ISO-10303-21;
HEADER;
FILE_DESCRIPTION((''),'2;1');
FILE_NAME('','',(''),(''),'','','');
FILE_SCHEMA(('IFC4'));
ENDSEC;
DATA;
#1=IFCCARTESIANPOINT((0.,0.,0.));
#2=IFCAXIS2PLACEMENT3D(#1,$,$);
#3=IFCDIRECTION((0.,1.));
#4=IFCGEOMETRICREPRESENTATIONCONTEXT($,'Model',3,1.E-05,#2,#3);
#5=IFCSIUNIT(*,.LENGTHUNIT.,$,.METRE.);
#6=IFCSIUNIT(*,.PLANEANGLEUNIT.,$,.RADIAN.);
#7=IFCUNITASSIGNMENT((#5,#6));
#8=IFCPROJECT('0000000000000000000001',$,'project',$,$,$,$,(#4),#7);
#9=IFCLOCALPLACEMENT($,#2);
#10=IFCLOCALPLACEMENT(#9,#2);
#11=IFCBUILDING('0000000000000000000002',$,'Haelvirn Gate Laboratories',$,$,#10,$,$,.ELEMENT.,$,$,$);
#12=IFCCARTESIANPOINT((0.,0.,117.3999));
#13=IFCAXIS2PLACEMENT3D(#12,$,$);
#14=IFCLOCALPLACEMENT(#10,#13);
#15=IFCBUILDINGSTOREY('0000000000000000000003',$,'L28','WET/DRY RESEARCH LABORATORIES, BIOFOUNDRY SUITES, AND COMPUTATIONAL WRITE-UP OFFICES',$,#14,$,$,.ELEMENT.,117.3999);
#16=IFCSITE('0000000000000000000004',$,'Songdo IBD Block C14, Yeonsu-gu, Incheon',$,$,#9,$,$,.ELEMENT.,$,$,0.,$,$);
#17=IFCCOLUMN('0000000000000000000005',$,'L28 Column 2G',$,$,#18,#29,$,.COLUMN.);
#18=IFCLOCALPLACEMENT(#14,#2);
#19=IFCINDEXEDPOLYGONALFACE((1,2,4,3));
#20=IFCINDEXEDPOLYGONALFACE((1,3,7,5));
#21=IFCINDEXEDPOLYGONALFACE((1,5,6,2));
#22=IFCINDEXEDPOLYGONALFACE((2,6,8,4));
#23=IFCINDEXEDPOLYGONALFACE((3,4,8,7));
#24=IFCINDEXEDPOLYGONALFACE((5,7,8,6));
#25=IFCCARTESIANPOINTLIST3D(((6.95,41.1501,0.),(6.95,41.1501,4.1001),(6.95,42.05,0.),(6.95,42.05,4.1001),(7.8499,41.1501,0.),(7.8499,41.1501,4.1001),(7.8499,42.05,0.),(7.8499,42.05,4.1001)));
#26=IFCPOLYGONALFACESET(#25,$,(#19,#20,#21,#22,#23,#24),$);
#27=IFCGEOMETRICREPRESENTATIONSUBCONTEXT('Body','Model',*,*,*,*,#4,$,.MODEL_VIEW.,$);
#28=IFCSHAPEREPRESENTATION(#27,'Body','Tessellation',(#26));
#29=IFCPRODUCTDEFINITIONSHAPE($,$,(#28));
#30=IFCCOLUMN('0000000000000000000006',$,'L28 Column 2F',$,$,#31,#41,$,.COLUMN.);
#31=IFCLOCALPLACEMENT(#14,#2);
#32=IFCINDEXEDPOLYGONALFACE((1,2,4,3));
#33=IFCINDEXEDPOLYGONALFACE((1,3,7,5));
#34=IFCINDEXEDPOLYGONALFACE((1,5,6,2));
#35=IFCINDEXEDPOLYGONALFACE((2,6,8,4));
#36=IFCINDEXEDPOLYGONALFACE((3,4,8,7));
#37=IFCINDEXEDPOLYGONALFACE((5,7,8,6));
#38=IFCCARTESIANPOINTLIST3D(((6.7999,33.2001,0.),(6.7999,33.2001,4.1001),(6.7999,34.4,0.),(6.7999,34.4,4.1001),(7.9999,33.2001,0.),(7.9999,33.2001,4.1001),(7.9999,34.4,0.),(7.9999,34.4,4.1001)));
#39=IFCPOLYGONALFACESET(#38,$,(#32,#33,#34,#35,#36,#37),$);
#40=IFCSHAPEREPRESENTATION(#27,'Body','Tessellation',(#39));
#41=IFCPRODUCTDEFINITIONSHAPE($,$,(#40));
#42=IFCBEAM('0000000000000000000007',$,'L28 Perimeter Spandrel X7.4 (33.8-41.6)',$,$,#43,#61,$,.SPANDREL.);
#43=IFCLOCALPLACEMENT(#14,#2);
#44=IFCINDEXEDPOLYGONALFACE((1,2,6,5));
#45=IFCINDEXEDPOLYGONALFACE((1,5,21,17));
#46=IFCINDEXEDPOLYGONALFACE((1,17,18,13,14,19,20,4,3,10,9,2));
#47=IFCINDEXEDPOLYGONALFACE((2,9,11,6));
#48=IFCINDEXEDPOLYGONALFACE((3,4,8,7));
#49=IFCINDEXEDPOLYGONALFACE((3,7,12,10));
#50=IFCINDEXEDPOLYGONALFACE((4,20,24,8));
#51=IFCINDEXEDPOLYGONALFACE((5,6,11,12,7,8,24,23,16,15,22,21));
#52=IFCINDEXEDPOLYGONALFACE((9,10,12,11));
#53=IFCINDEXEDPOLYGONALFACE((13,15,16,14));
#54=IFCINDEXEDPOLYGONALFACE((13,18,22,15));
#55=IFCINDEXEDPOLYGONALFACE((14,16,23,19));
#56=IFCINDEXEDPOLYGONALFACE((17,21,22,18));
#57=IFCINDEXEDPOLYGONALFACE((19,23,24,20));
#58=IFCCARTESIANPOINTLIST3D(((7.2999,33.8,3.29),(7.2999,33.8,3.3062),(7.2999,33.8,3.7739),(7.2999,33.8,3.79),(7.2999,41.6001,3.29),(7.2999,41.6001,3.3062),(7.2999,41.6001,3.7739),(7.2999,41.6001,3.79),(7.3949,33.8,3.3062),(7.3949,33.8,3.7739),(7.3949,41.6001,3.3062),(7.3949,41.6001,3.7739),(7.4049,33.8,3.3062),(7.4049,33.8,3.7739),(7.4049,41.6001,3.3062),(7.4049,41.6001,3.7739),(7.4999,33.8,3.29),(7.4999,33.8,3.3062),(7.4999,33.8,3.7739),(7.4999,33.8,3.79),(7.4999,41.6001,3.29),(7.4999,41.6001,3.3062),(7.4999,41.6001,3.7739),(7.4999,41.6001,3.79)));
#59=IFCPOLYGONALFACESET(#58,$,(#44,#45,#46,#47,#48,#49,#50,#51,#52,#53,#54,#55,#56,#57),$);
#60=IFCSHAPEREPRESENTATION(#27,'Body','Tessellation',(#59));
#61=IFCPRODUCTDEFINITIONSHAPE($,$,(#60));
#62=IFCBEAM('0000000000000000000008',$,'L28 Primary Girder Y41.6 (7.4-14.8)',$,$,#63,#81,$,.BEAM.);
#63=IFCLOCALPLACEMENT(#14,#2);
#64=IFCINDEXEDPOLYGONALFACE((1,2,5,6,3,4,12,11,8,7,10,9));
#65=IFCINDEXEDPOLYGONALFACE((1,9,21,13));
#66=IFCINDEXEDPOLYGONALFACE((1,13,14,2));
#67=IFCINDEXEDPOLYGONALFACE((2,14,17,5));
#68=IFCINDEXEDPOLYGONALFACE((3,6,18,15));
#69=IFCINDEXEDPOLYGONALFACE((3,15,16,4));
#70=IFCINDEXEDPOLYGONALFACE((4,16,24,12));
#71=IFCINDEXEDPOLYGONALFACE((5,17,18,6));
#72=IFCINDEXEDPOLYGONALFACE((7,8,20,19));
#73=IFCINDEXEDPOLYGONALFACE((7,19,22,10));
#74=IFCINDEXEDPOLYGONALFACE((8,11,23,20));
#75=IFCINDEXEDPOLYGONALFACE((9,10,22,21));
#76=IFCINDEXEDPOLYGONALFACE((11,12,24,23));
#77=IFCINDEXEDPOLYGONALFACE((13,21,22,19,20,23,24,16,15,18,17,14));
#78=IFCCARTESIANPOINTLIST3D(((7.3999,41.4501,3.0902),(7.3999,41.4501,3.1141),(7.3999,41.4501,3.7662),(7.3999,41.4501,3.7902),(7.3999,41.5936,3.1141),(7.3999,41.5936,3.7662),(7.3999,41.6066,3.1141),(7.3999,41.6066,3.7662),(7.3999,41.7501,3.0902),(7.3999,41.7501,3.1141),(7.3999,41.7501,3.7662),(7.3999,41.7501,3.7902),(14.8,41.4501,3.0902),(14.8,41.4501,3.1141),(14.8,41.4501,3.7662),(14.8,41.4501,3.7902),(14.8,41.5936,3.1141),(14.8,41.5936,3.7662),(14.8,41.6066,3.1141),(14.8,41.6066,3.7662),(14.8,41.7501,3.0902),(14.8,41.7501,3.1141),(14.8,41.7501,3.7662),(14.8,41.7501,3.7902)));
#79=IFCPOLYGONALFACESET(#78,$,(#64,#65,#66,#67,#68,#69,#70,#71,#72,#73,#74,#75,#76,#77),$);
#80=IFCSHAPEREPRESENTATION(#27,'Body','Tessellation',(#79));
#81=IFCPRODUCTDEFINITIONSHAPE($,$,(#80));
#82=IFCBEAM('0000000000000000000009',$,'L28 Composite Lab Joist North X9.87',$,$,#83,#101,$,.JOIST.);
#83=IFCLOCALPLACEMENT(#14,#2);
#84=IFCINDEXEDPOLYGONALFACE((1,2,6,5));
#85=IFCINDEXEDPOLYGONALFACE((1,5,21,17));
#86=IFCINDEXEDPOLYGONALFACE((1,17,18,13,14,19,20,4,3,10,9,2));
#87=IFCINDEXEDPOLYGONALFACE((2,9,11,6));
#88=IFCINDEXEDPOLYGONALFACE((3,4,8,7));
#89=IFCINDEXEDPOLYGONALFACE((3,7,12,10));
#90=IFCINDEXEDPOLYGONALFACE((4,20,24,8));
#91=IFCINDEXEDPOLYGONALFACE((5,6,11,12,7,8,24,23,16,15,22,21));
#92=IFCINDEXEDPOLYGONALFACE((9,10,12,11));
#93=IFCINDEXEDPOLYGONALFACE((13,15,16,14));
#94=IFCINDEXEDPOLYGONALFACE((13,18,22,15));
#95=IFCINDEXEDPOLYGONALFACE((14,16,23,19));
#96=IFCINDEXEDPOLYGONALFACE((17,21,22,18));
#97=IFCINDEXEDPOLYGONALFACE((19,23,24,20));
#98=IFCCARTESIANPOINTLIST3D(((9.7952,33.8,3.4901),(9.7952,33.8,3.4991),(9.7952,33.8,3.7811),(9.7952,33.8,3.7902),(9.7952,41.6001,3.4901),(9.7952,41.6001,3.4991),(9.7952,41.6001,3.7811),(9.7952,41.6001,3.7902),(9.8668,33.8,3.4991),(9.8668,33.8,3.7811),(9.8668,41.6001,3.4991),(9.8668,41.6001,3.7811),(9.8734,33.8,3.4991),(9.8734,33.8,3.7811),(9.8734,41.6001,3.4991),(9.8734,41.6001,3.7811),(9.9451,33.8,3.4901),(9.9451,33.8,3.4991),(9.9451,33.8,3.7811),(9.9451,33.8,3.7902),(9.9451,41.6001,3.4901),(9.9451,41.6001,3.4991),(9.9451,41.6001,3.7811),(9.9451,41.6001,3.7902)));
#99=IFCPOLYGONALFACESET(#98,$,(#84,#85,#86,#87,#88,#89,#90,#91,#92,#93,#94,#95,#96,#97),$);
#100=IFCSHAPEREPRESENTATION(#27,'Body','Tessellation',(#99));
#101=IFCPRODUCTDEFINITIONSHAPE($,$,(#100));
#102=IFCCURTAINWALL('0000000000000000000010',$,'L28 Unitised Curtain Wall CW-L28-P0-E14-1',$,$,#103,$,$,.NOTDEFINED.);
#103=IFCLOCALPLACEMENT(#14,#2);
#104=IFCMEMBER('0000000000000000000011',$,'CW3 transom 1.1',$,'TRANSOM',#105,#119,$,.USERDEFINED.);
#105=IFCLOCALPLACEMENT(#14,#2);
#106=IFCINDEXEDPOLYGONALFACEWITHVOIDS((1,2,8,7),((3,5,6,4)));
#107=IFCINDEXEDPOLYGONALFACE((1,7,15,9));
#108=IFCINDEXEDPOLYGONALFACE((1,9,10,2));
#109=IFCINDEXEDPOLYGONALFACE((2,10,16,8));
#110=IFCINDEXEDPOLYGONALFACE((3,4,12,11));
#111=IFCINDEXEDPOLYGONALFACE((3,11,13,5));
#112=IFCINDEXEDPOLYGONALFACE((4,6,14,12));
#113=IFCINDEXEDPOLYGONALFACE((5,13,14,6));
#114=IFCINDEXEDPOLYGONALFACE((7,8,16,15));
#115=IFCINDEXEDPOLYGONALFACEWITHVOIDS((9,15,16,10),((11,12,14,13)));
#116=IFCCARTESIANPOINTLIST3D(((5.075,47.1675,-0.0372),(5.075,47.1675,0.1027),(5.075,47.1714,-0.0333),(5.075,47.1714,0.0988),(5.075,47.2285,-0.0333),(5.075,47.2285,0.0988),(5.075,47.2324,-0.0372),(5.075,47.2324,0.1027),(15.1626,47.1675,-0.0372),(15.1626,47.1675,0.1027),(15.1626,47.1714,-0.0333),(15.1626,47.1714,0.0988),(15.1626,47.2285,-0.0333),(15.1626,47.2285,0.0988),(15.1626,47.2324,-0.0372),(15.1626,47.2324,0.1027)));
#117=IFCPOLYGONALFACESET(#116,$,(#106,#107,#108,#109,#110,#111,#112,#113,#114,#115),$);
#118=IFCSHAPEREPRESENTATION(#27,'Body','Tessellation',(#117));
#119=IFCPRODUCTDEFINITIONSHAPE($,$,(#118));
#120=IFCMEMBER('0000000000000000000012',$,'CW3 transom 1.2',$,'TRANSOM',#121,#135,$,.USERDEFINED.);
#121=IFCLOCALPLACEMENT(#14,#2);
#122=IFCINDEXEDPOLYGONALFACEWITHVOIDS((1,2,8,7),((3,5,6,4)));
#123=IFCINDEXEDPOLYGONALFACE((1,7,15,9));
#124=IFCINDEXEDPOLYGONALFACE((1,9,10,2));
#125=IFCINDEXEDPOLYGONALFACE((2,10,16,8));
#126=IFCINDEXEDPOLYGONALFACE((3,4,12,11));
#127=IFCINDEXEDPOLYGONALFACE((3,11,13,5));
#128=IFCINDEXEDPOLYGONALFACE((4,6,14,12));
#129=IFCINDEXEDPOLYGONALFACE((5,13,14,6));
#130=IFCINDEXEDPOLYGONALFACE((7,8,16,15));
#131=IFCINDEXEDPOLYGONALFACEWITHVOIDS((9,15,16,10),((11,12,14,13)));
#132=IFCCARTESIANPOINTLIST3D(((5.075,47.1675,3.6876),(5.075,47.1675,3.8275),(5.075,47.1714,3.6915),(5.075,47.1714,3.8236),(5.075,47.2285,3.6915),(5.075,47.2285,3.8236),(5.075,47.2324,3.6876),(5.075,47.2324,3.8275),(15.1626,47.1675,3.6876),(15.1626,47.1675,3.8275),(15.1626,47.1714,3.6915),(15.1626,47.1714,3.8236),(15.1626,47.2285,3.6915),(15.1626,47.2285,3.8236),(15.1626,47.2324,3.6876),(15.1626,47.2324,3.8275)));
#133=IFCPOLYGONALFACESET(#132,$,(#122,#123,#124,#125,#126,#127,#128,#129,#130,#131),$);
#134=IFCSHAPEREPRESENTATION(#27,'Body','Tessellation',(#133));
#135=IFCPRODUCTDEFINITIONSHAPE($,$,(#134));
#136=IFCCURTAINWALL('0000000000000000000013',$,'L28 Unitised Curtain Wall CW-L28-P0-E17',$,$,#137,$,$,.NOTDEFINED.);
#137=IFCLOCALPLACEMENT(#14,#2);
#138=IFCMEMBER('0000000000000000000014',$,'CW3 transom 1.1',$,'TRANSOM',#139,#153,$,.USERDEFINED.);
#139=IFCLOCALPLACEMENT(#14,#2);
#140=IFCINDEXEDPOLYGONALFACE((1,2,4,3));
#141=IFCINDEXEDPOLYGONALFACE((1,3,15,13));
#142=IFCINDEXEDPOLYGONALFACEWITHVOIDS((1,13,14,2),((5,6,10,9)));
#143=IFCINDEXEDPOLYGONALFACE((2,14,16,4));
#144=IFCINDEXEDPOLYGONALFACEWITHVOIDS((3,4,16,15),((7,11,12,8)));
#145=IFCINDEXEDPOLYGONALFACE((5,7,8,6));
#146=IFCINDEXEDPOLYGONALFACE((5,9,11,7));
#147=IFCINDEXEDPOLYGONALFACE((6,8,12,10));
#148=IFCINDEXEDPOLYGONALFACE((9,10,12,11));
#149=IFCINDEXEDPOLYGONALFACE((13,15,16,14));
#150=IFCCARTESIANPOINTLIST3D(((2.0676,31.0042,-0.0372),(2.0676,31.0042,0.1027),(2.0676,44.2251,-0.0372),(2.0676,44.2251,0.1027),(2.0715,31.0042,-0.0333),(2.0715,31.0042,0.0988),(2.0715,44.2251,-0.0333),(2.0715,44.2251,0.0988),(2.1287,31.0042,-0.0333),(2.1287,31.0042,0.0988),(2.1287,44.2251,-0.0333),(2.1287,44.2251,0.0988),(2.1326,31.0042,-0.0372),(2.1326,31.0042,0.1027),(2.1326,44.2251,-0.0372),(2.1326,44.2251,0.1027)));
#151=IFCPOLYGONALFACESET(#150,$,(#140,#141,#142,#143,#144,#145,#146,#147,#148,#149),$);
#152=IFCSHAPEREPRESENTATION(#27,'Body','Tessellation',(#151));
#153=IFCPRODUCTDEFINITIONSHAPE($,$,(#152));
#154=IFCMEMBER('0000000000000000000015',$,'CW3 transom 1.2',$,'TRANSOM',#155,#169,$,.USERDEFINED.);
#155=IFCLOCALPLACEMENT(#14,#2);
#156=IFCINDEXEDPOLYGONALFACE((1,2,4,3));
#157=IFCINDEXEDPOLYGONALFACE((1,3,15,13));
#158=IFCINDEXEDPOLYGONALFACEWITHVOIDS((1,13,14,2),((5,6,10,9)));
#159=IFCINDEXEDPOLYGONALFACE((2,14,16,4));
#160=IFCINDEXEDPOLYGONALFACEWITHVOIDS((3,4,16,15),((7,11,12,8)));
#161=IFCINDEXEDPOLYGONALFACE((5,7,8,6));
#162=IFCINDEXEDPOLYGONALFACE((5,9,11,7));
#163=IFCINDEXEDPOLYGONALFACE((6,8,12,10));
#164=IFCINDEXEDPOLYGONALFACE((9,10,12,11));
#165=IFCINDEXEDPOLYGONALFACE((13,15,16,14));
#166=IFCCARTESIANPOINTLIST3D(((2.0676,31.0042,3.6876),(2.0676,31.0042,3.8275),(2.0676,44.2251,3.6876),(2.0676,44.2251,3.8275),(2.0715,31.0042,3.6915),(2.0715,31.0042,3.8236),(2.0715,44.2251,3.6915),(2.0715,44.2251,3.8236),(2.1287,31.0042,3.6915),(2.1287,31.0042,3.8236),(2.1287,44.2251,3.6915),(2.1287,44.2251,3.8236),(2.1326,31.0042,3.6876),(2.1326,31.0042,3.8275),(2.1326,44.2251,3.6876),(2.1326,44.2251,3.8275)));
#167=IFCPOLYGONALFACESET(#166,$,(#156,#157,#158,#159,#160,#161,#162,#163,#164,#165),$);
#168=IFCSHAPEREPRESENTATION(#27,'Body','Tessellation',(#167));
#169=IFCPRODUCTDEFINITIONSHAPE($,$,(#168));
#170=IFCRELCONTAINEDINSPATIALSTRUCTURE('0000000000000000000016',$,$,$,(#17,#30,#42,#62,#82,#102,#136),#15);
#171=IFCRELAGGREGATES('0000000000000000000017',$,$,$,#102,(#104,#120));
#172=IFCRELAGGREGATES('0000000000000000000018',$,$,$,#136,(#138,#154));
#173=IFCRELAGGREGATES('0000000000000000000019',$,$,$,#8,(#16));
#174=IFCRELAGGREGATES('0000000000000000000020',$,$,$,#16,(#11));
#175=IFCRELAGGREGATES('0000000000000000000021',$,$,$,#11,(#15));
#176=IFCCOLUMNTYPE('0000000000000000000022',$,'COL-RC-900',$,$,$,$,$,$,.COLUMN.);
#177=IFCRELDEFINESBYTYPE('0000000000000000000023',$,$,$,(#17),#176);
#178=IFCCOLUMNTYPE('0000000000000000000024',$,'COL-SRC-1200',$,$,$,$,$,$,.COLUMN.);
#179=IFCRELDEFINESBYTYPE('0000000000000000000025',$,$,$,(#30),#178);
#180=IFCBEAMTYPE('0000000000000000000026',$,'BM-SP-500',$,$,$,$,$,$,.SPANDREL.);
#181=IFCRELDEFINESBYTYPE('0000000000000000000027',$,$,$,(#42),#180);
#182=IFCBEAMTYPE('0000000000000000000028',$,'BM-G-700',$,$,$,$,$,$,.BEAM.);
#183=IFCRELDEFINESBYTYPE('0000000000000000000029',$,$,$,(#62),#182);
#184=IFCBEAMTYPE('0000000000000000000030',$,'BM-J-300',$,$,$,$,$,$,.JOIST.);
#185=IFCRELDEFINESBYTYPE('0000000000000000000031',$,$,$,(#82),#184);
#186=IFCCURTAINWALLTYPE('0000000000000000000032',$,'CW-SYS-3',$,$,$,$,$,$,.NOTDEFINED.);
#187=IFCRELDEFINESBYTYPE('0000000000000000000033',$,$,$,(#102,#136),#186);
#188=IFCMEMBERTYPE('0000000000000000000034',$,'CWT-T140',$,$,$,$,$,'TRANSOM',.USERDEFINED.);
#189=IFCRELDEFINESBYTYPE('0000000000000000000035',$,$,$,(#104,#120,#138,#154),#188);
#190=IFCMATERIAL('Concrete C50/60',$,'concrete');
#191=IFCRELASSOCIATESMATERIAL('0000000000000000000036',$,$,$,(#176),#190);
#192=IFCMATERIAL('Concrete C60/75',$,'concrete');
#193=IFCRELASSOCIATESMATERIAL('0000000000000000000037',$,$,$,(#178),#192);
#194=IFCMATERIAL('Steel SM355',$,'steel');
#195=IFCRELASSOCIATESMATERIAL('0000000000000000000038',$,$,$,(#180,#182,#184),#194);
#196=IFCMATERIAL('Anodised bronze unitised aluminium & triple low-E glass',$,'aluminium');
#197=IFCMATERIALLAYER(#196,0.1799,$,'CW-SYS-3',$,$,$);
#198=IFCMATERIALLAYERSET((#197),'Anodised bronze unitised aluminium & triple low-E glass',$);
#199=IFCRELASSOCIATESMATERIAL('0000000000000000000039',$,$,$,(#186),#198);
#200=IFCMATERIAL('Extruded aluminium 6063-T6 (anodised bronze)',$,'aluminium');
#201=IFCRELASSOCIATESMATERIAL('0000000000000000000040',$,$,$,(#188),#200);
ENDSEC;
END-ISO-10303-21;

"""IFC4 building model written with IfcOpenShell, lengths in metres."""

from ifc_helpers import new_model, si_unit, direction, frame, origin, origin_2d, place, context, subcontext, project, spatial, rectangle, hollow_rectangle, i_section, extrude, source, transform, mapped, material, layer, layer_set, material_profile, profile_set, type_object, type_shapes, element, aggregate, save


model = new_model("IFC4")

# Units and contexts
model_context = context("Model", 3, precision=1e-05, world=origin(), true_north=direction((0.0, 1.0)))
body_context = subcontext(model_context, "Body", "Model", "MODEL_VIEW")
ifc_project = project(units=[si_unit("LENGTHUNIT", "METRE"), si_unit("PLANEANGLEUNIT", "RADIAN")], contexts=[model_context])

# Site, building, storey
site_placement = place(None, origin())
site = spatial("IfcSite", under=ifc_project, at=site_placement, Name="Songdo IBD Block C14, Yeonsu-gu, Incheon", CompositionType="ELEMENT", RefElevation=0.0)
building_placement = place(site_placement, origin())
building = spatial("IfcBuilding", under=site, at=building_placement, Name="Haelvirn Gate Laboratories", CompositionType="ELEMENT")
storey_placement = place(building_placement, frame((0.0, 0.0, 117.3999)))
storey = spatial("IfcBuildingStorey", under=building, at=storey_placement, Name="L28", Description="WET/DRY RESEARCH LABORATORIES, BIOFOUNDRY SUITES, AND COMPUTATIONAL WRITE-UP OFFICES", CompositionType="ELEMENT", Elevation=117.3999)

# Columns
ifc_material_1 = material(Name="Concrete C50/60", Category="concrete")
ifc_material_profile_1 = material_profile(ifc_material_1, rectangle(XDim=0.8999, YDim=0.8999, at=origin_2d()), Name="RC-900x900")
ifc_profile_set_1 = profile_set([ifc_material_profile_1], Name="Concrete C50/60")
column_type_1 = type_object("IfcColumnType", Name="COL-RC-900", PredefinedType="COLUMN", material=ifc_profile_set_1)
shared_shape_1 = source(origin(), body_context, "Body", "SweptSolid", [
    extrude(rectangle(XDim=0.8999, YDim=0.8999, at=origin_2d()), origin(), (0.0, 0.0, 1.0), 4.1001),
])
type_shapes(column_type_1, [shared_shape_1])
column_1_placement = place(storey_placement, frame((7.3999, 41.6001, 0.0), z_axis=(0.0, 0.0, 1.0), x_axis=(1.0, 0.0, 0.0)))
element("IfcColumn", 1, at=column_1_placement, inside=storey, type_object=column_type_1, Name="L28 Column 2G", PredefinedType="COLUMN", context=body_context, shape_type="MappedRepresentation", body=[
    mapped(shared_shape_1, transform((0.0, 0.0, 0.0), scale=1.0)),
])
ifc_material_2 = material(Name="Concrete C60/75", Category="concrete")
ifc_material_profile_2 = material_profile(ifc_material_2, rectangle(XDim=1.2, YDim=1.2, at=origin_2d()), Name="SRC-1200x1200")
ifc_profile_set_2 = profile_set([ifc_material_profile_2], Name="Concrete C60/75")
column_type_2 = type_object("IfcColumnType", Name="COL-SRC-1200", PredefinedType="COLUMN", material=ifc_profile_set_2)
shared_shape_2 = source(origin(), body_context, "Body", "SweptSolid", [
    extrude(rectangle(XDim=1.2, YDim=1.2, at=origin_2d()), origin(), (0.0, 0.0, 1.0), 4.1001),
])
type_shapes(column_type_2, [shared_shape_2])
column_2_placement = place(storey_placement, frame((7.3999, 33.8, 0.0), z_axis=(0.0, 0.0, 1.0), x_axis=(1.0, 0.0, 0.0)))
element("IfcColumn", 2, at=column_2_placement, inside=storey, type_object=column_type_2, Name="L28 Column 2F", PredefinedType="COLUMN", context=body_context, shape_type="MappedRepresentation", body=[
    mapped(shared_shape_2, transform((0.0, 0.0, 0.0), scale=1.0)),
])

# Beams
ifc_material_3 = material(Name="Steel SM355", Category="steel")
ifc_material_profile_3 = material_profile(ifc_material_3, i_section(OverallWidth=0.2, OverallDepth=0.5, WebThickness=0.01, FlangeThickness=0.0161, at=origin_2d()), Name="H-500x200x10x16")
ifc_profile_set_3 = profile_set([ifc_material_profile_3], Name="Steel SM355")
beam_type_1 = type_object("IfcBeamType", Name="BM-SP-500", PredefinedType="SPANDREL", material=ifc_profile_set_3)
shared_shape_3 = source(origin(), body_context, "Body", "SweptSolid", [
    extrude(i_section(OverallWidth=0.2, OverallDepth=0.5, WebThickness=0.01, FlangeThickness=0.0161, at=origin_2d()), origin(), (0.0, 0.0, 1.0), 7.8),
])
type_shapes(beam_type_1, [shared_shape_3])
beam_1_placement = place(storey_placement, frame((7.3999, 33.8, 3.54), z_axis=(0.0, 1.0, 0.0), x_axis=(-1.0, 0.0, 0.0)))
element("IfcBeam", 3, at=beam_1_placement, inside=storey, type_object=beam_type_1, Name="L28 Perimeter Spandrel X7.4 (33.8-41.6)", PredefinedType="SPANDREL", context=body_context, shape_type="MappedRepresentation", body=[
    mapped(shared_shape_3, transform((0.0, 0.0, 0.0), scale=1.0)),
])
ifc_material_profile_4 = material_profile(ifc_material_3, i_section(OverallWidth=0.3, OverallDepth=0.7, WebThickness=0.0129, FlangeThickness=0.0239, at=origin_2d()), Name="H-700x300x13x24")
ifc_profile_set_4 = profile_set([ifc_material_profile_4], Name="Steel SM355")
beam_type_2 = type_object("IfcBeamType", Name="BM-G-700", PredefinedType="BEAM", material=ifc_profile_set_4)
shared_shape_4 = source(origin(), body_context, "Body", "SweptSolid", [
    extrude(i_section(OverallWidth=0.3, OverallDepth=0.7, WebThickness=0.0129, FlangeThickness=0.0239, at=origin_2d()), origin(), (0.0, 0.0, 1.0), 7.4001),
])
type_shapes(beam_type_2, [shared_shape_4])
beam_2_placement = place(storey_placement, frame((7.3999, 41.6001, 3.4402), z_axis=(1.0, 0.0, 0.0), x_axis=(0.0, 1.0, 0.0)))
element("IfcBeam", 4, at=beam_2_placement, inside=storey, type_object=beam_type_2, Name="L28 Primary Girder Y41.6 (7.4-14.8)", PredefinedType="BEAM", context=body_context, shape_type="MappedRepresentation", body=[
    mapped(shared_shape_4, transform((0.0, 0.0, 0.0), scale=1.0)),
])
ifc_material_profile_5 = material_profile(ifc_material_3, i_section(OverallWidth=0.1499, OverallDepth=0.3, WebThickness=0.0066, FlangeThickness=0.009, at=origin_2d()), Name="H-300x150x6.5x9")
ifc_profile_set_5 = profile_set([ifc_material_profile_5], Name="Steel SM355")
beam_type_3 = type_object("IfcBeamType", Name="BM-J-300", PredefinedType="JOIST", material=ifc_profile_set_5)
shared_shape_5 = source(origin(), body_context, "Body", "SweptSolid", [
    extrude(i_section(OverallWidth=0.1499, OverallDepth=0.3, WebThickness=0.0066, FlangeThickness=0.009, at=origin_2d()), origin(), (0.0, 0.0, 1.0), 7.8),
])
type_shapes(beam_type_3, [shared_shape_5])
beam_3_placement = place(storey_placement, frame((9.8701, 33.8, 3.6401), z_axis=(0.0, 1.0, 0.0), x_axis=(-1.0, 0.0, 0.0)))
element("IfcBeam", 5, at=beam_3_placement, inside=storey, type_object=beam_type_3, Name="L28 Composite Lab Joist North X9.87", PredefinedType="JOIST", context=body_context, shape_type="MappedRepresentation", body=[
    mapped(shared_shape_5, transform((0.0, 0.0, 0.0), scale=1.0)),
])

# Curtain walls, members
ifc_material_4 = material(Name="Anodised bronze unitised aluminium & triple low-E glass", Category="aluminium")
ifc_layer_1 = layer(ifc_material_4, 0.1799, Name="CW-SYS-3")
ifc_layer_set_1 = layer_set([ifc_layer_1], Name="Anodised bronze unitised aluminium & triple low-E glass")
curtain_wall_type_1 = type_object("IfcCurtainWallType", Name="CW-SYS-3", PredefinedType="NOTDEFINED", material=ifc_layer_set_1)
curtain_wall_1_placement = place(storey_placement, origin())
curtain_wall_1 = element("IfcCurtainWall", 6, at=curtain_wall_1_placement, inside=storey, type_object=curtain_wall_type_1, Name="L28 Unitised Curtain Wall CW-L28-P0-E14-1", PredefinedType="NOTDEFINED")
ifc_material_5 = material(Name="Extruded aluminium 6063-T6 (anodised bronze)", Category="aluminium")
ifc_material_profile_6 = material_profile(ifc_material_5, hollow_rectangle(XDim=0.0649, YDim=0.1399, WallThickness=0.0039, at=origin_2d()), Name="CWT-140x65x4")
ifc_profile_set_6 = profile_set([ifc_material_profile_6], Name="Extruded aluminium 6063-T6 (anodised bronze)")
member_type_1 = type_object("IfcMemberType", Name="CWT-T140", ElementType="TRANSOM", PredefinedType="USERDEFINED", material=ifc_profile_set_6)
shared_shape_6 = source(origin(), body_context, "Body", "SweptSolid", [
    extrude(hollow_rectangle(XDim=0.0649, YDim=0.1399, WallThickness=0.0039, at=origin_2d()), origin(), (0.0, 0.0, 1.0), 10.0876),
])
member_1_placement = place(storey_placement, frame((5.075, 47.2, 0.0327), z_axis=(1.0, 0.0, 0.0), x_axis=(0.0, 1.0, 0.0)))
member_1 = element("IfcMember", 7, at=member_1_placement, type_object=member_type_1, Name="CW3 transom 1.1", ObjectType="TRANSOM", PredefinedType="USERDEFINED", context=body_context, shape_type="MappedRepresentation", body=[
    mapped(shared_shape_6, transform((0.0, 0.0, 0.0), scale=1.0)),
])
member_2_placement = place(storey_placement, frame((5.075, 47.2, 3.7576), z_axis=(1.0, 0.0, 0.0), x_axis=(0.0, 1.0, 0.0)))
member_2 = element("IfcMember", 8, at=member_2_placement, type_object=member_type_1, Name="CW3 transom 1.2", ObjectType="TRANSOM", PredefinedType="USERDEFINED", context=body_context, shape_type="MappedRepresentation", body=[
    mapped(shared_shape_6, transform((0.0, 0.0, 0.0), scale=1.0)),
])
curtain_wall_2_placement = place(storey_placement, origin())
curtain_wall_2 = element("IfcCurtainWall", 9, at=curtain_wall_2_placement, inside=storey, type_object=curtain_wall_type_1, Name="L28 Unitised Curtain Wall CW-L28-P0-E17", PredefinedType="NOTDEFINED")
shared_shape_7 = source(origin(), body_context, "Body", "SweptSolid", [
    extrude(hollow_rectangle(XDim=0.0649, YDim=0.1399, WallThickness=0.0039, at=origin_2d()), origin(), (0.0, 0.0, 1.0), 13.2209),
])
member_3_placement = place(storey_placement, frame((2.1001, 44.2251, 0.0327), z_axis=(0.0, -1.0, 0.0), x_axis=(1.0, 0.0, 0.0)))
member_3 = element("IfcMember", 10, at=member_3_placement, type_object=member_type_1, Name="CW3 transom 1.1", ObjectType="TRANSOM", PredefinedType="USERDEFINED", context=body_context, shape_type="MappedRepresentation", body=[
    mapped(shared_shape_7, transform((0.0, 0.0, 0.0), scale=1.0)),
])
member_4_placement = place(storey_placement, frame((2.1001, 44.2251, 3.7576), z_axis=(0.0, -1.0, 0.0), x_axis=(1.0, 0.0, 0.0)))
member_4 = element("IfcMember", 11, at=member_4_placement, type_object=member_type_1, Name="CW3 transom 1.2", ObjectType="TRANSOM", PredefinedType="USERDEFINED", context=body_context, shape_type="MappedRepresentation", body=[
    mapped(shared_shape_7, transform((0.0, 0.0, 0.0), scale=1.0)),
])

aggregate(curtain_wall_1, [member_1, member_2])
aggregate(curtain_wall_2, [member_3, member_4])

save(model, "model.ifc")
